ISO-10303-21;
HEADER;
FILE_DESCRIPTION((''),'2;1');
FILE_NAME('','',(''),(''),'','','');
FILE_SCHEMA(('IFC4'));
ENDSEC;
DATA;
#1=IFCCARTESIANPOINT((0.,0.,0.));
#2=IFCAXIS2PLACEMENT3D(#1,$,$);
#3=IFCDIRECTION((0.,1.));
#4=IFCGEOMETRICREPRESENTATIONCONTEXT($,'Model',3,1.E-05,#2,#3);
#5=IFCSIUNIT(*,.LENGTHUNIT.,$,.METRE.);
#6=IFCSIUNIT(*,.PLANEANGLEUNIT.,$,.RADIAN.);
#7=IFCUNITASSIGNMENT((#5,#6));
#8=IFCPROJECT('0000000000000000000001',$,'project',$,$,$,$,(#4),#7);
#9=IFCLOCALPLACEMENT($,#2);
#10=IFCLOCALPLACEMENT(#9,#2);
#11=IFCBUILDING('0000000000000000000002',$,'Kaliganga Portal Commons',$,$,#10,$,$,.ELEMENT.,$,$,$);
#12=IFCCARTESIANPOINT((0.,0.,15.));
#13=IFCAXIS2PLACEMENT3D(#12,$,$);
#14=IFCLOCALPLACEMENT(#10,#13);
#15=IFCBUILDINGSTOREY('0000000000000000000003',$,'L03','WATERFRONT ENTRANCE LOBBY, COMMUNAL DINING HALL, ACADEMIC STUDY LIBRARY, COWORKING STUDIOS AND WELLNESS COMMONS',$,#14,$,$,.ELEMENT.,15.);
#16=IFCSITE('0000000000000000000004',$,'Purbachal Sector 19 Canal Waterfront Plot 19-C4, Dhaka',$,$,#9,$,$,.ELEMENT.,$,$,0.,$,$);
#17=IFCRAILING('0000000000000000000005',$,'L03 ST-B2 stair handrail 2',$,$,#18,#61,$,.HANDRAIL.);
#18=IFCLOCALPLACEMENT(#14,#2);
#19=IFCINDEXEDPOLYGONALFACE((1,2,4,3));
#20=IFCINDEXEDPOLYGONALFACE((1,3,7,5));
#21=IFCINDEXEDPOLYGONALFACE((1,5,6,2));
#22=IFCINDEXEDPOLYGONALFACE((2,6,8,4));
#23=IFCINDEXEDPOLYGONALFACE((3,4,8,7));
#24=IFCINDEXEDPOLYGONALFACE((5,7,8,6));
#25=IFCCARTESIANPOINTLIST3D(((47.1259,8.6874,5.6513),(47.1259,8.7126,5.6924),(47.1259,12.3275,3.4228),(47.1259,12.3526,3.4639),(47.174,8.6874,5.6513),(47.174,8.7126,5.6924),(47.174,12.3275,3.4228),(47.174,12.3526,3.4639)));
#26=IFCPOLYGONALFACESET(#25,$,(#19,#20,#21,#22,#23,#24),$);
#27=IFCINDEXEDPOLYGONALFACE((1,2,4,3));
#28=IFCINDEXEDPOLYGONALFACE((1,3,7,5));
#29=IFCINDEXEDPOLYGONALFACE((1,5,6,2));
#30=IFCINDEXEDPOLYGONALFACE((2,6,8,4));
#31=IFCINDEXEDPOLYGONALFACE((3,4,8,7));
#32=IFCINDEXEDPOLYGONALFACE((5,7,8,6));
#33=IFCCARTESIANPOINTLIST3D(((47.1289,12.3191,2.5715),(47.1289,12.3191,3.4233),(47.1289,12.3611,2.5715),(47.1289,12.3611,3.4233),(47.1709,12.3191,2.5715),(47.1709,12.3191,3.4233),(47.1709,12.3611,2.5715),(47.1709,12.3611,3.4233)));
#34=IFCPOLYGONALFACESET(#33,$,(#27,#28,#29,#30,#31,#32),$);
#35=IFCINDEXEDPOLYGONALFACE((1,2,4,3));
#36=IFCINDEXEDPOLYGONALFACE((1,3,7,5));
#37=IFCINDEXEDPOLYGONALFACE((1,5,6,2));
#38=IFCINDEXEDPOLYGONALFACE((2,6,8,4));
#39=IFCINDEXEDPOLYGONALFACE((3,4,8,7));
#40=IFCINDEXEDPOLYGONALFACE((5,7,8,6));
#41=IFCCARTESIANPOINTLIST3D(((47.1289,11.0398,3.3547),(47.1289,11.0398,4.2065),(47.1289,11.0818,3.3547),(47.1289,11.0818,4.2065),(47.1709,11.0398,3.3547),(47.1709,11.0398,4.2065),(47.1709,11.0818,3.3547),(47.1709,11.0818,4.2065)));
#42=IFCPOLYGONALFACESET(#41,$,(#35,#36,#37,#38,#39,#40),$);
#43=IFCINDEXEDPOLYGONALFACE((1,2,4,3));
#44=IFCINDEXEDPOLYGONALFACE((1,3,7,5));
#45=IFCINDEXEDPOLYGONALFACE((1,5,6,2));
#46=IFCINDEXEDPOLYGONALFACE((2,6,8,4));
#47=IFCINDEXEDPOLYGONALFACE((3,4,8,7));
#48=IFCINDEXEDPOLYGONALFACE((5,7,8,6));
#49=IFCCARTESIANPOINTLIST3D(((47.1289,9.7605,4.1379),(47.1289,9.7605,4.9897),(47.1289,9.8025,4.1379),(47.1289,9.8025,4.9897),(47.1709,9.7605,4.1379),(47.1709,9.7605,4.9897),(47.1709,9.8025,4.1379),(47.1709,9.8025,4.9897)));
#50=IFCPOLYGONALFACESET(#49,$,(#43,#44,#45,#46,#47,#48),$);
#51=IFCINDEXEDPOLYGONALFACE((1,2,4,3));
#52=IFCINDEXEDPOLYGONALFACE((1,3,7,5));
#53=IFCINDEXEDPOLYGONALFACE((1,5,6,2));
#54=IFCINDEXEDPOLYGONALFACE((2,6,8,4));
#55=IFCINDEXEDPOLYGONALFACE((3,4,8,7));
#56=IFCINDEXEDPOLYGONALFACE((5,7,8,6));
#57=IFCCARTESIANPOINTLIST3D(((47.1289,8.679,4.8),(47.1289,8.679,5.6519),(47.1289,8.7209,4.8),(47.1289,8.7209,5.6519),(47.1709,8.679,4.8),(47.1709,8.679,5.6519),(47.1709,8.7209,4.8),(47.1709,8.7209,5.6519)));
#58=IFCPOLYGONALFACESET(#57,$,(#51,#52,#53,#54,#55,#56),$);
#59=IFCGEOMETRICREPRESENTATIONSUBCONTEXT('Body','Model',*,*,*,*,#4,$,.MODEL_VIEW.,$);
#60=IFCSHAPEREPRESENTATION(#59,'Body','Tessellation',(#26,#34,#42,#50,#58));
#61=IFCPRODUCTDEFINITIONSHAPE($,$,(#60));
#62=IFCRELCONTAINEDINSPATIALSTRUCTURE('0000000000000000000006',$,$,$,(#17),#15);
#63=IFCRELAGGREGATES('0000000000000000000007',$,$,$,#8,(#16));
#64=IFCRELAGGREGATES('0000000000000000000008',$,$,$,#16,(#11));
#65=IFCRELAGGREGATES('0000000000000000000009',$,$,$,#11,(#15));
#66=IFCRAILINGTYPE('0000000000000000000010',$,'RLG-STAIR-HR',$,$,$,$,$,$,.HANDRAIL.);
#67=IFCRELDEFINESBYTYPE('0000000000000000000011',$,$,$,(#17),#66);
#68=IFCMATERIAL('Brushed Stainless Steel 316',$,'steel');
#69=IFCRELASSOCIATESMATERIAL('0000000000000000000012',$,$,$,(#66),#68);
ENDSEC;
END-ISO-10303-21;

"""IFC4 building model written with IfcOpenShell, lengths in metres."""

from ifc_helpers import new_model, si_unit, direction, frame, origin, origin_2d, place, context, subcontext, project, spatial, rectangle, extrude, material, type_object, element, save


model = new_model("IFC4")

# Units and contexts
model_context = context("Model", 3, precision=1e-05, world=origin(), true_north=direction((0.0, 1.0)))
body_context = subcontext(model_context, "Body", "Model", "MODEL_VIEW")
ifc_project = project(units=[si_unit("LENGTHUNIT", "METRE"), si_unit("PLANEANGLEUNIT", "RADIAN")], contexts=[model_context])

# Site, building, storey
site_placement = place(None, origin())
site = spatial("IfcSite", under=ifc_project, at=site_placement, Name="Purbachal Sector 19 Canal Waterfront Plot 19-C4, Dhaka", CompositionType="ELEMENT", RefElevation=0.0)
building_placement = place(site_placement, origin())
building = spatial("IfcBuilding", under=site, at=building_placement, Name="Kaliganga Portal Commons", CompositionType="ELEMENT")
storey_placement = place(building_placement, frame((0.0, 0.0, 15.0)))
storey = spatial("IfcBuildingStorey", under=building, at=storey_placement, Name="L03", Description="WATERFRONT ENTRANCE LOBBY, COMMUNAL DINING HALL, ACADEMIC STUDY LIBRARY, COWORKING STUDIOS AND WELLNESS COMMONS", CompositionType="ELEMENT", Elevation=15.0)

# Railing
ifc_material_1 = material(Name="Brushed Stainless Steel 316", Category="steel")
railing_type_1 = type_object("IfcRailingType", Name="RLG-STAIR-HR", PredefinedType="HANDRAIL", material=ifc_material_1)
railing_1_placement = place(storey_placement, frame((47.1499, 12.3401, 2.5715)))
element("IfcRailing", 1, at=railing_1_placement, inside=storey, type_object=railing_type_1, Name="L03 ST-B2 stair handrail 2", PredefinedType="HANDRAIL", context=body_context, shape_type="SweptSolid", body=[
    extrude(rectangle(XDim=0.0481, YDim=0.0481, at=origin_2d()), frame((0.0, 0.0, 0.8718), z_axis=(0.0, -0.852866, 0.52213), x_axis=(1.0, 0.0, 0.0)), (0.0, 0.0, 1.0), 4.2681),
    extrude(rectangle(XDim=0.042, YDim=0.042, at=origin_2d()), origin(), (0.0, 0.0, 1.0), 0.8518),
    extrude(rectangle(XDim=0.042, YDim=0.042, at=origin_2d()), frame((0.0, -1.2793, 0.7832)), (0.0, 0.0, 1.0), 0.8518),
    extrude(rectangle(XDim=0.042, YDim=0.042, at=origin_2d()), frame((0.0, -2.5586, 1.5664)), (0.0, 0.0, 1.0), 0.8518),
    extrude(rectangle(XDim=0.042, YDim=0.042, at=origin_2d()), frame((0.0, -3.6401, 2.2285)), (0.0, 0.0, 1.0), 0.8518),
])

save(model, "model.ifc")
